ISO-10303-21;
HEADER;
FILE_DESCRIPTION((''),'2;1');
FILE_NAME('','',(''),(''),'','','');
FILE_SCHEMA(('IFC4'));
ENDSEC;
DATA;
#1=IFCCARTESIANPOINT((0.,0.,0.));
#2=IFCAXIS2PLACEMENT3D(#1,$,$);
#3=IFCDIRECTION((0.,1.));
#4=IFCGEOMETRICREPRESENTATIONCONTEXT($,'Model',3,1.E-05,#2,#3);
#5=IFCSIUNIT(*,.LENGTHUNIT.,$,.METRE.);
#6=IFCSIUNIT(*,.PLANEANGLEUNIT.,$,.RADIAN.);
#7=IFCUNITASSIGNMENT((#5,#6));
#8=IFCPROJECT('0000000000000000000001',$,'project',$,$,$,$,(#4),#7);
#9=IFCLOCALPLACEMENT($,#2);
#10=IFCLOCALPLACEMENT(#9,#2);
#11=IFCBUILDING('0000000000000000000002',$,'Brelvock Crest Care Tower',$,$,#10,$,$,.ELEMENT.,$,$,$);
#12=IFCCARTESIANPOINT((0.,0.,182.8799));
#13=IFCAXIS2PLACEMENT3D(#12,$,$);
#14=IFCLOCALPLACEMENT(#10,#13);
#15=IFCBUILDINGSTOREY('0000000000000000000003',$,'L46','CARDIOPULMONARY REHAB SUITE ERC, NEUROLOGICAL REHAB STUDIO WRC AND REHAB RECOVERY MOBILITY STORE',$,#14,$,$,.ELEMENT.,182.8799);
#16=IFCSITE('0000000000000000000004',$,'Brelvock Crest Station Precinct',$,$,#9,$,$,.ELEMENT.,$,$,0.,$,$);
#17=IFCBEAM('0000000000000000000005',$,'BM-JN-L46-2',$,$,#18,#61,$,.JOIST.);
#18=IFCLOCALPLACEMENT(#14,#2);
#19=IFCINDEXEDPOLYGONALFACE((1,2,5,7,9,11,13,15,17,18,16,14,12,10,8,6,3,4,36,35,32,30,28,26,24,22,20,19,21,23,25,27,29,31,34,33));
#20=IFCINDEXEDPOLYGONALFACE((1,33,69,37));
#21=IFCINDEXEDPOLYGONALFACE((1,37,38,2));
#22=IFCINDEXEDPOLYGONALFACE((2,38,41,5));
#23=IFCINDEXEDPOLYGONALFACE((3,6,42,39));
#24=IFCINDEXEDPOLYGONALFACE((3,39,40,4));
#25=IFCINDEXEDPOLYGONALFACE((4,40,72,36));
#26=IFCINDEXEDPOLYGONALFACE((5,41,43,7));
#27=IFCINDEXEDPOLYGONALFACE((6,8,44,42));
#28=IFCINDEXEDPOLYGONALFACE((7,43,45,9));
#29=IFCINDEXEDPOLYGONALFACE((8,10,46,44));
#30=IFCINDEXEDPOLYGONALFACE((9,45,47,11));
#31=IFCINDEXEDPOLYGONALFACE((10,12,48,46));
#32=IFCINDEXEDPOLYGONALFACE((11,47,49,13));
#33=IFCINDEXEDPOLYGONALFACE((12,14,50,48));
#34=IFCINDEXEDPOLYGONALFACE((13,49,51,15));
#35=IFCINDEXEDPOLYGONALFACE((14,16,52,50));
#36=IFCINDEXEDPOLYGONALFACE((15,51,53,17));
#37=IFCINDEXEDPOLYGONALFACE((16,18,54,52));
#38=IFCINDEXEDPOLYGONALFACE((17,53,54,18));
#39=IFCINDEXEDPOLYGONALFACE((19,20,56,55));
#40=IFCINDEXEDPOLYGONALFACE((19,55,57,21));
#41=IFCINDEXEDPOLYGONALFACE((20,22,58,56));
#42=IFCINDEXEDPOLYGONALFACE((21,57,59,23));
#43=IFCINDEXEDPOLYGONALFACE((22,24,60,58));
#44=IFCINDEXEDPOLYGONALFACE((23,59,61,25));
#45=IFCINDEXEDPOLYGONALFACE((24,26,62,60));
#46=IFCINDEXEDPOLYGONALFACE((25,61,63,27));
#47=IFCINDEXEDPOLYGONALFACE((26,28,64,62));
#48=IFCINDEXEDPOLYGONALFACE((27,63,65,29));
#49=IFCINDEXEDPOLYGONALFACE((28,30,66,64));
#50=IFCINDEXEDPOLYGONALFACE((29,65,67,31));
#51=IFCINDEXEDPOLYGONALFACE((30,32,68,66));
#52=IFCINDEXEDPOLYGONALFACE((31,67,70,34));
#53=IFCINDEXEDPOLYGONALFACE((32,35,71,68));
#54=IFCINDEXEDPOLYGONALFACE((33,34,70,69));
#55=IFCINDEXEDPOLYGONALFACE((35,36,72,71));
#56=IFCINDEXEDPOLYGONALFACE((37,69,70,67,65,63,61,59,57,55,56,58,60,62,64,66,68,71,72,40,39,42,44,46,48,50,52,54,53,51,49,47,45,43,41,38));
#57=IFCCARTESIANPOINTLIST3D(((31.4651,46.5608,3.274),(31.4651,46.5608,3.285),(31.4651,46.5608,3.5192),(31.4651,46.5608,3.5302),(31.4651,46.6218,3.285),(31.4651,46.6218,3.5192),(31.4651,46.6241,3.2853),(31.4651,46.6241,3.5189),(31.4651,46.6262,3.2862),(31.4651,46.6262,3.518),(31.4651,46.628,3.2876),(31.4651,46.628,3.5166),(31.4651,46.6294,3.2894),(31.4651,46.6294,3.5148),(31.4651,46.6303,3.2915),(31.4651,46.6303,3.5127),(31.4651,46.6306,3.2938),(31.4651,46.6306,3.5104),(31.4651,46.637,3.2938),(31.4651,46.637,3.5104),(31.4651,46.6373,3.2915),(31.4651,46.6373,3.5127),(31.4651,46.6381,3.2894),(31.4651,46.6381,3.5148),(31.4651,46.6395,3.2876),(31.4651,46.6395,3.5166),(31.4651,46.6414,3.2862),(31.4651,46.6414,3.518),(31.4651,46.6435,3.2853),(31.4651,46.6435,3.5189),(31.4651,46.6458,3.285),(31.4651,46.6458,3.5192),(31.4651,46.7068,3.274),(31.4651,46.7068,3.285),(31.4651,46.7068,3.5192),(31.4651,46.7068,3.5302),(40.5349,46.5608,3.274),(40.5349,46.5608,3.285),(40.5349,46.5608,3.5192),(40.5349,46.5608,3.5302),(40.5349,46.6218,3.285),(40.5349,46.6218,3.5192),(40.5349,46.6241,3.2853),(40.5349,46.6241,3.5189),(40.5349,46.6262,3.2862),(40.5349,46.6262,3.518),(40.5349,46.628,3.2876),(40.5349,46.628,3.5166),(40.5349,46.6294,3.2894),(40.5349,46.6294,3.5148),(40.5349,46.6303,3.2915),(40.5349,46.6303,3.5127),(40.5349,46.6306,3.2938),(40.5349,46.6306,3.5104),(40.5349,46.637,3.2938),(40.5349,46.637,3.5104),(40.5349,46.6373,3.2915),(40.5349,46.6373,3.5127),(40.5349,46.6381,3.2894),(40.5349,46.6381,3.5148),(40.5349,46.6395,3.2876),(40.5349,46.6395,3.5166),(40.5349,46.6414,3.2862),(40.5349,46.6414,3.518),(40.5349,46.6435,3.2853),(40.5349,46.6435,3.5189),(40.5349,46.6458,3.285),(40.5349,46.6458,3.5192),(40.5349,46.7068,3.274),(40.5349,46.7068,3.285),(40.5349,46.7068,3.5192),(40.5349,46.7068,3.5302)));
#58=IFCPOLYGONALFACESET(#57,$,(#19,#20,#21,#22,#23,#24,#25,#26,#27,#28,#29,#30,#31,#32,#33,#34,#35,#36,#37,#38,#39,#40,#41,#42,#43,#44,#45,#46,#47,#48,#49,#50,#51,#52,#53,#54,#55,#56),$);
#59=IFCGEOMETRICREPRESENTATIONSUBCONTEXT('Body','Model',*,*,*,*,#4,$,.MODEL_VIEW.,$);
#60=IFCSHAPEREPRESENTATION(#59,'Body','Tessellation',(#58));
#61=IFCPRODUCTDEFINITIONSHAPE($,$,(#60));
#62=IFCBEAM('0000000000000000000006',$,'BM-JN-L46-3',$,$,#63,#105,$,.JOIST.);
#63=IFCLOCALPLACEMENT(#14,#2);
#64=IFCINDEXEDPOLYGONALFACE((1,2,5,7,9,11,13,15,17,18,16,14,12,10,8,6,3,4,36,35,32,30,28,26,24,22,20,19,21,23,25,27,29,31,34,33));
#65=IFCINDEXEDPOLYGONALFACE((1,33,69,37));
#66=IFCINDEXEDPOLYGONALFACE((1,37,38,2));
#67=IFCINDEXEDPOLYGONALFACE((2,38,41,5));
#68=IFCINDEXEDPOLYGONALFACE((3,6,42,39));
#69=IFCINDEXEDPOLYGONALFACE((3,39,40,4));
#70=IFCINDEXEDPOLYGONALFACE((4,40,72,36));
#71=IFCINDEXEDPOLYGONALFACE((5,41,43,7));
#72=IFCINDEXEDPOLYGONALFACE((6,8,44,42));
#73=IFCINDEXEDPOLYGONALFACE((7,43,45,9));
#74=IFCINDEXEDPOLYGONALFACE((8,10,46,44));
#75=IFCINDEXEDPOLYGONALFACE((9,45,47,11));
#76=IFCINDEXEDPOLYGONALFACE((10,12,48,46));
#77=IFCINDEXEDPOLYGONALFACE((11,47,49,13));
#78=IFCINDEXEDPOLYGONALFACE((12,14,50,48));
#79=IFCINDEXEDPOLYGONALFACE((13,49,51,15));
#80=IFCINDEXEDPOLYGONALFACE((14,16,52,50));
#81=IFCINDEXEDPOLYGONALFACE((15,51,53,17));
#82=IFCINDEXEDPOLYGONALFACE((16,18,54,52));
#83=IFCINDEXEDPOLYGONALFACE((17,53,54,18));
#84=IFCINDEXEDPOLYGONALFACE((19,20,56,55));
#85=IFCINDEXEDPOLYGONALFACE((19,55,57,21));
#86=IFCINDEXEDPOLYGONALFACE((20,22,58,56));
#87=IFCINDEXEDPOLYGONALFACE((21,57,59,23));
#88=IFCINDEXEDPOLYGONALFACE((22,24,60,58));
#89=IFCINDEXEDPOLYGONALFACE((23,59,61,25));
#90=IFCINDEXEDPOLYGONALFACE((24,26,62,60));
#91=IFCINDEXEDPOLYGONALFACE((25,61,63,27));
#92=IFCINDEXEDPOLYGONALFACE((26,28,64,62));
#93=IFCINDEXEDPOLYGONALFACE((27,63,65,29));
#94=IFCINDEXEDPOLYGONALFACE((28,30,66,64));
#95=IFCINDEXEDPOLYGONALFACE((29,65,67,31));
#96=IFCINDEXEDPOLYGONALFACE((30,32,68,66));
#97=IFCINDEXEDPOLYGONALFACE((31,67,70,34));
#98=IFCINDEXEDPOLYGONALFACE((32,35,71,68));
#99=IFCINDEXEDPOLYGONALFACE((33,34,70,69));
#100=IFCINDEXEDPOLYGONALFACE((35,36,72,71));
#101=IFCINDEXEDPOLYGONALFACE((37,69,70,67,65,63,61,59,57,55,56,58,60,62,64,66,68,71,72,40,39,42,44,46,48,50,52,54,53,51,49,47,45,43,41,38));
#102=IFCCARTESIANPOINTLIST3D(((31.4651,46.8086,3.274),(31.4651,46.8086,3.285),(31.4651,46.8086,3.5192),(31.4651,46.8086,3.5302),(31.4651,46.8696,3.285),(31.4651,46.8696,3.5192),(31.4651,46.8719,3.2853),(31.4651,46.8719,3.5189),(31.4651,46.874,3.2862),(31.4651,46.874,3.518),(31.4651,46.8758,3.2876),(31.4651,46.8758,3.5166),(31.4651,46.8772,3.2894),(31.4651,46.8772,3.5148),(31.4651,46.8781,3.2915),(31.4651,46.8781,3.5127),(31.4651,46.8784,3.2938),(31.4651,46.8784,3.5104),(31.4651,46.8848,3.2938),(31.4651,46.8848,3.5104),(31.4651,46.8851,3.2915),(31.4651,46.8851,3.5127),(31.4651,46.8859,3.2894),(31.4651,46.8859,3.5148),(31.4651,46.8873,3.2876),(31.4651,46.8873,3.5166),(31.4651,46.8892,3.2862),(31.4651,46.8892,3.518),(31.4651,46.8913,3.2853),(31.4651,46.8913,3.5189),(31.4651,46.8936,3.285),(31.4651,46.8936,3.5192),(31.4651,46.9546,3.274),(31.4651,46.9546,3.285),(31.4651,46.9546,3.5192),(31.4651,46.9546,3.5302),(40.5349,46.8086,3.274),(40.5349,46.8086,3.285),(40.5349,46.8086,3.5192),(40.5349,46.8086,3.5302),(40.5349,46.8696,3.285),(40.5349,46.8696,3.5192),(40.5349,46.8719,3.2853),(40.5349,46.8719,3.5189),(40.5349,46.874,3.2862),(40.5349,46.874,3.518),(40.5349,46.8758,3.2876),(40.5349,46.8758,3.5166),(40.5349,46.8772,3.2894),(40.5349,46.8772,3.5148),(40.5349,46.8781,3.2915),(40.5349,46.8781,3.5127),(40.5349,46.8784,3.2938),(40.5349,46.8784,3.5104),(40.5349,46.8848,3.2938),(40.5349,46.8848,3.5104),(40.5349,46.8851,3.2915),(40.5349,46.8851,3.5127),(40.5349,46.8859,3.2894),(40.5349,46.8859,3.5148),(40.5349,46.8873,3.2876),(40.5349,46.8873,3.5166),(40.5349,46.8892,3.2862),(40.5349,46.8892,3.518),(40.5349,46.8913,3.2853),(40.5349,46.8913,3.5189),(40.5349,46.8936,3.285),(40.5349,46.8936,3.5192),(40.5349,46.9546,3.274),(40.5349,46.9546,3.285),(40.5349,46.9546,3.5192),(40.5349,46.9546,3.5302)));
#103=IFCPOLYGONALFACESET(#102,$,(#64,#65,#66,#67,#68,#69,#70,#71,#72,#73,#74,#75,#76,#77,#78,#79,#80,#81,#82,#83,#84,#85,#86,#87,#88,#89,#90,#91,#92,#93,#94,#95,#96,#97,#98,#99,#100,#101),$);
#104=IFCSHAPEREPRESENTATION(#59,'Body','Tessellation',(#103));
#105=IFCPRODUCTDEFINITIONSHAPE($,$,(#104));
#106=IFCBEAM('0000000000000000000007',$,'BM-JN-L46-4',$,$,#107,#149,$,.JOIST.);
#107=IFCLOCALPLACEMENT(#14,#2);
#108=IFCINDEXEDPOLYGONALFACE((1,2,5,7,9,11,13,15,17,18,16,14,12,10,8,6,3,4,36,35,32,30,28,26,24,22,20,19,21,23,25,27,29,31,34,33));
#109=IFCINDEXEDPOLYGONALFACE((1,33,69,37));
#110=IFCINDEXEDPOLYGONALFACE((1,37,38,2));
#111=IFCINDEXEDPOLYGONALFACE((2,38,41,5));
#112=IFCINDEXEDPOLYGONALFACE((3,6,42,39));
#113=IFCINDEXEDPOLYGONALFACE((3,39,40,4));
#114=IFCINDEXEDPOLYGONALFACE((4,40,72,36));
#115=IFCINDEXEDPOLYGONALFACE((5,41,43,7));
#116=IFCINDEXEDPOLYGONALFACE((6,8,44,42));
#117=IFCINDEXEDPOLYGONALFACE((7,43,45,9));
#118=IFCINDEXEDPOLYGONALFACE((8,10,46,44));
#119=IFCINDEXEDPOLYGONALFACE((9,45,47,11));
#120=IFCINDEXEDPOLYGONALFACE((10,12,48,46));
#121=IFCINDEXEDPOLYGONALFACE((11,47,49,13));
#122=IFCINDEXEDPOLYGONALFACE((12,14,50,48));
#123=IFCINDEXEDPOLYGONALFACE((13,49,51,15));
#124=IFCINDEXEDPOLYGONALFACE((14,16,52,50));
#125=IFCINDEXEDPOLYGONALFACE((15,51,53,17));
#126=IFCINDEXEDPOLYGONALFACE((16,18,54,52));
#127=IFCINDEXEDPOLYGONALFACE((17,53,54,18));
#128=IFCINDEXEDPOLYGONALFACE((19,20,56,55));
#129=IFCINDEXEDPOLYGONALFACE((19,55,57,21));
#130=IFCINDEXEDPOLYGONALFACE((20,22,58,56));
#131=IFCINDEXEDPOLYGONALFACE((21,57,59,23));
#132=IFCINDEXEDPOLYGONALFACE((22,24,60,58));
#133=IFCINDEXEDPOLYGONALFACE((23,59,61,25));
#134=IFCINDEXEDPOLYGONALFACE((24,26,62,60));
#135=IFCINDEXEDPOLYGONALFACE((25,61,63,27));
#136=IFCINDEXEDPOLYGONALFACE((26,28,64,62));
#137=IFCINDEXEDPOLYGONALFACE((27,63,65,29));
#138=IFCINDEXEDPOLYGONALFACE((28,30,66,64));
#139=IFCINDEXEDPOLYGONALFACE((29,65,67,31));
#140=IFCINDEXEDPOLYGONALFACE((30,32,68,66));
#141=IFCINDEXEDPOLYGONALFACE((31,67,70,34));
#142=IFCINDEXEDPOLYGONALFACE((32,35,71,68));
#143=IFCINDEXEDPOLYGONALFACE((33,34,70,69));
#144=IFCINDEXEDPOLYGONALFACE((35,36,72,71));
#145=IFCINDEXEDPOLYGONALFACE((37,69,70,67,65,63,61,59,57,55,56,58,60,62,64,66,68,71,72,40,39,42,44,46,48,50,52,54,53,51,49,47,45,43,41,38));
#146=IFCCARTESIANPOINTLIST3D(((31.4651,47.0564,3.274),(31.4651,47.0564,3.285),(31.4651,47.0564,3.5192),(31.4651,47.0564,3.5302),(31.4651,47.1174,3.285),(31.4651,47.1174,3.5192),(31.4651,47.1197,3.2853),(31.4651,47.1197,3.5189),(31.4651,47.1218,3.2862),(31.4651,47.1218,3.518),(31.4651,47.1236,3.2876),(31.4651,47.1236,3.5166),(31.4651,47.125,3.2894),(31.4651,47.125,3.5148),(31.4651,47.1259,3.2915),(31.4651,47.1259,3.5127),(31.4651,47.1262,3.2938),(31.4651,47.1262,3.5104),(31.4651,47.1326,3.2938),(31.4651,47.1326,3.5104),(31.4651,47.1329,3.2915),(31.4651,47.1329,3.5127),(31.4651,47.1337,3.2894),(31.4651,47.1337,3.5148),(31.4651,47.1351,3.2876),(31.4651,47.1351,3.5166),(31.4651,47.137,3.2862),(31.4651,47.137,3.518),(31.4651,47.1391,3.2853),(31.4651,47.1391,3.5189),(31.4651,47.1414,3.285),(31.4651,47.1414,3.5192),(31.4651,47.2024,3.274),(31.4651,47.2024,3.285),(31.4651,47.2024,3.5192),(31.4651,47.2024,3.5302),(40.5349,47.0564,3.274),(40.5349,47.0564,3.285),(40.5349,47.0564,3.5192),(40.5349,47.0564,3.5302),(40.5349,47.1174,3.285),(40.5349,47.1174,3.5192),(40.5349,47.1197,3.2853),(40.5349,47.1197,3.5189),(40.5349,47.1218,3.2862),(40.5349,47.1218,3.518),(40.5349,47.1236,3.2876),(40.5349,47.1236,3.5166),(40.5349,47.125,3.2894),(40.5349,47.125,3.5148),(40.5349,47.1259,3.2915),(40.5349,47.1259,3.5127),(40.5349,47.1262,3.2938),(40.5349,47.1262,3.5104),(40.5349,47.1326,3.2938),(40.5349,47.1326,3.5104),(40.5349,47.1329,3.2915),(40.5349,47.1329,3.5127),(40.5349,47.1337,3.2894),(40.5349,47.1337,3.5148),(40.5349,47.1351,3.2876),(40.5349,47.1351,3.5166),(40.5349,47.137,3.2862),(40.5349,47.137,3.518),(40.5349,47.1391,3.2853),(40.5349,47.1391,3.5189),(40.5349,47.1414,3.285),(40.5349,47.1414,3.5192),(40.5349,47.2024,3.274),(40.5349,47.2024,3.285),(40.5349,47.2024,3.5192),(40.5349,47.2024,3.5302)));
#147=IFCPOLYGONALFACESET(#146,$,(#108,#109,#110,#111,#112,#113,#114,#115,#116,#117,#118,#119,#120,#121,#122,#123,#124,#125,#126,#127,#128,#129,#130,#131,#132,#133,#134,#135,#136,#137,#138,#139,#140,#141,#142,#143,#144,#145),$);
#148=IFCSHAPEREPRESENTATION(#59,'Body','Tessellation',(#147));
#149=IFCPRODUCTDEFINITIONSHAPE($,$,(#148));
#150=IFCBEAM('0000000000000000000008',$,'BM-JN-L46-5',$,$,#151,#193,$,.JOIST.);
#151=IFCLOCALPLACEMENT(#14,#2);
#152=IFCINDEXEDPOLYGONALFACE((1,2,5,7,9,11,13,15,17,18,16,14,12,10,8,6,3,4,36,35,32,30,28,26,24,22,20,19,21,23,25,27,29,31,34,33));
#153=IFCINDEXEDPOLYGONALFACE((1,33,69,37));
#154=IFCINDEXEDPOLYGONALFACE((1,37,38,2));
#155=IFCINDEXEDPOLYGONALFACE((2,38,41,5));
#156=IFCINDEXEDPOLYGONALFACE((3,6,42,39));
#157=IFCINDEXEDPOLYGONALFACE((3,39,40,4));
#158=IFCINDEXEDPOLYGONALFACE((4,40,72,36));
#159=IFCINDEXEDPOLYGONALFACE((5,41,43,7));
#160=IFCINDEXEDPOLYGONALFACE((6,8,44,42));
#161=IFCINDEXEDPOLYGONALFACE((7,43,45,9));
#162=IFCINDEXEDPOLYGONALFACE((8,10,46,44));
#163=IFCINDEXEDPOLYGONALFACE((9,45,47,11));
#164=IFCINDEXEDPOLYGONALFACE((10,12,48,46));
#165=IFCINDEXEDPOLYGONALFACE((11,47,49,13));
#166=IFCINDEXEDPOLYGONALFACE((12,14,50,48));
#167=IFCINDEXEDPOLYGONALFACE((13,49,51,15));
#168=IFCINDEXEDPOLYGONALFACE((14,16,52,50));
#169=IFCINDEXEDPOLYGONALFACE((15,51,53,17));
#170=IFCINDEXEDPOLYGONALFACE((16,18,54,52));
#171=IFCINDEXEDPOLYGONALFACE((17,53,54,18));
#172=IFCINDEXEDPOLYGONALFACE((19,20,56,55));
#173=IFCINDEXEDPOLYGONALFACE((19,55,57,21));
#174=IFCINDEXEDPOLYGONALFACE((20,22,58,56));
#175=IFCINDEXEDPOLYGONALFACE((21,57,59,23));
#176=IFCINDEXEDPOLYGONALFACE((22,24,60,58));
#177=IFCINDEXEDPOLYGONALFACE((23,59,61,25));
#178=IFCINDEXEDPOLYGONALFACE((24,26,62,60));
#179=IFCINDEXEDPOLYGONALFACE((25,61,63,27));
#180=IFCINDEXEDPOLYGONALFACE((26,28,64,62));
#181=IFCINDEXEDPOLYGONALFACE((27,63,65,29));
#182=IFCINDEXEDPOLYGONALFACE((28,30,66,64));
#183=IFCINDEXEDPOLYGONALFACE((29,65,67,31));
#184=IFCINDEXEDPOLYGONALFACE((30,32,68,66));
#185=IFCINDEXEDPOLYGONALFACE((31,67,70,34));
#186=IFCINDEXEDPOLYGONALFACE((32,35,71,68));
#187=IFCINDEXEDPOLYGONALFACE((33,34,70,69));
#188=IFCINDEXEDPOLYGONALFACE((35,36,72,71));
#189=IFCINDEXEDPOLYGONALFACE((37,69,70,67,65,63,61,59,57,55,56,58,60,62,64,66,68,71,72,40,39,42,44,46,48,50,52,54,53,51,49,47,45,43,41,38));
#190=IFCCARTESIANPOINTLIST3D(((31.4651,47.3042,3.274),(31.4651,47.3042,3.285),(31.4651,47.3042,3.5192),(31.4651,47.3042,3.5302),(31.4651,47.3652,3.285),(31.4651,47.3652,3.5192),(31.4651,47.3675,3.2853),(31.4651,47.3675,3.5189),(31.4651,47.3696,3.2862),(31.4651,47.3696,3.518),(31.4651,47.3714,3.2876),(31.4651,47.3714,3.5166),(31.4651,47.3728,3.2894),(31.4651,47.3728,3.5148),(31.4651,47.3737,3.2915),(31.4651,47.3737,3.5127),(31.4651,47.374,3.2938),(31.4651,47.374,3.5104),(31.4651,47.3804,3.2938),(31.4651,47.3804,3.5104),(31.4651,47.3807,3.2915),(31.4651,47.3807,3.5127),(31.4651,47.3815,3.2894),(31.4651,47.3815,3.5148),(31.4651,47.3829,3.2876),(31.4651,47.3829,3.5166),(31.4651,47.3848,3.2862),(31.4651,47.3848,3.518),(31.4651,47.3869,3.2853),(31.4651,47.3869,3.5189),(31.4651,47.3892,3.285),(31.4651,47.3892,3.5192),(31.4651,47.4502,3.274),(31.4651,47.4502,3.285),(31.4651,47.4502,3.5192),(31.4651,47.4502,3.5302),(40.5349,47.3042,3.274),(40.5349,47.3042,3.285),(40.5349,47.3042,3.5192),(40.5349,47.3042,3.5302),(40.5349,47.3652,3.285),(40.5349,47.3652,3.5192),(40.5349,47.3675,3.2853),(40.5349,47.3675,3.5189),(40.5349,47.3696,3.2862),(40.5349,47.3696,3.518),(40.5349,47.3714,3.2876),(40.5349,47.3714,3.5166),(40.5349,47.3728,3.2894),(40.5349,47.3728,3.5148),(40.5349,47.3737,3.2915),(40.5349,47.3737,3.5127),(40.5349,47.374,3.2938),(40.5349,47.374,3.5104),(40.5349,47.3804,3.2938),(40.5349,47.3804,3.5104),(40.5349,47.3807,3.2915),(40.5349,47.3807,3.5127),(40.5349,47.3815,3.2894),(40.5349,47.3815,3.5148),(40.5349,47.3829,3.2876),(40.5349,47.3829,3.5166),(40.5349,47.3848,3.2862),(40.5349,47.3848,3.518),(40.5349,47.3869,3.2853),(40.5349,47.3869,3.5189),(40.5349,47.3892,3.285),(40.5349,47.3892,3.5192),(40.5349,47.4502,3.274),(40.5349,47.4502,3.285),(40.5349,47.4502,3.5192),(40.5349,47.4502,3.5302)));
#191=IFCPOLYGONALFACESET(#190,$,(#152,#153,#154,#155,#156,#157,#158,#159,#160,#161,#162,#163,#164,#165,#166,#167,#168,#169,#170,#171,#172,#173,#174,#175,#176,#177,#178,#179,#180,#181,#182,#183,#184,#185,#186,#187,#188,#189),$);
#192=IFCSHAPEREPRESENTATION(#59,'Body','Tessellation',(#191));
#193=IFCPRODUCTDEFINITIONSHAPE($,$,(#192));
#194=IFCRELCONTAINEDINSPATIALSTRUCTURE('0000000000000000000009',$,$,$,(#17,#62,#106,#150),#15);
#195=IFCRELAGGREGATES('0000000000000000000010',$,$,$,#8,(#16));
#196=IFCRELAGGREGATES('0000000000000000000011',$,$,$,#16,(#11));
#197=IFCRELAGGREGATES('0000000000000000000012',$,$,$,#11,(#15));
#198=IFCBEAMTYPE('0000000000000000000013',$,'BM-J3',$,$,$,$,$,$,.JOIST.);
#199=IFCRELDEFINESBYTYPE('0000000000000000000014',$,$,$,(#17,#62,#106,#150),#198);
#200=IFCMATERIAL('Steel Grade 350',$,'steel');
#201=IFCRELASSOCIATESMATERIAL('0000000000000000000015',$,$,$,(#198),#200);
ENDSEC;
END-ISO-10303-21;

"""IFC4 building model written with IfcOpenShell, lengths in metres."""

from ifc_helpers import new_model, si_unit, direction, frame, origin, origin_2d, place, context, subcontext, project, spatial, i_section, extrude, source, transform, mapped, material, material_profile, profile_set, type_object, element, save


model = new_model("IFC4")

# Units and contexts
model_context = context("Model", 3, precision=1e-05, world=origin(), true_north=direction((0.0, 1.0)))
body_context = subcontext(model_context, "Body", "Model", "MODEL_VIEW")
ifc_project = project(units=[si_unit("LENGTHUNIT", "METRE"), si_unit("PLANEANGLEUNIT", "RADIAN")], contexts=[model_context])

# Site, building, storey
site_placement = place(None, origin())
site = spatial("IfcSite", under=ifc_project, at=site_placement, Name="Brelvock Crest Station Precinct", CompositionType="ELEMENT", RefElevation=0.0)
building_placement = place(site_placement, origin())
building = spatial("IfcBuilding", under=site, at=building_placement, Name="Brelvock Crest Care Tower", CompositionType="ELEMENT")
storey_placement = place(building_placement, frame((0.0, 0.0, 182.8799)))
storey = spatial("IfcBuildingStorey", under=building, at=storey_placement, Name="L46", Description="CARDIOPULMONARY REHAB SUITE ERC, NEUROLOGICAL REHAB STUDIO WRC AND REHAB RECOVERY MOBILITY STORE", CompositionType="ELEMENT", Elevation=182.8799)

# Shared definitions
ifc_material_1 = material(Name="Steel Grade 350", Category="steel")

# Beams
ifc_material_profile_1 = material_profile(ifc_material_1, i_section(OverallWidth=0.146, OverallDepth=0.2561, WebThickness=0.0063, FlangeThickness=0.011, FilletRadius=0.0088, at=origin_2d()), Name="250UB37.3")
ifc_profile_set_1 = profile_set([ifc_material_profile_1], Name="Steel Grade 350")
beam_type_1 = type_object("IfcBeamType", Name="BM-J3", PredefinedType="JOIST", material=ifc_profile_set_1)
shared_shape_1 = source(origin(), body_context, "Body", "SweptSolid", [
    extrude(i_section(OverallWidth=0.146, OverallDepth=0.2561, WebThickness=0.0063, FlangeThickness=0.011, FilletRadius=0.0088, at=origin_2d()), origin(), (0.0, 0.0, 1.0), 9.0698),
])
for number, where, z_axis, x_axis, name in (
    (1, (31.4651, 46.6338, 3.4021), (1.0, 0.0, 0.0), (0.0, 1.0, 0.0), "BM-JN-L46-2"),
    (2, (31.4651, 46.8816, 3.4021), (1.0, 0.0, 0.0), (0.0, 1.0, 0.0), "BM-JN-L46-3"),
    (3, (31.4651, 47.1294, 3.4021), (1.0, 0.0, 0.0), (0.0, 1.0, 0.0), "BM-JN-L46-4"),
    (4, (31.4651, 47.3772, 3.4021), (1.0, 0.0, 0.0), (0.0, 1.0, 0.0), "BM-JN-L46-5"),
):
    element("IfcBeam", number, at=place(storey_placement, frame(where, z_axis=z_axis, x_axis=x_axis)), inside=storey, type_object=beam_type_1, Name=name, PredefinedType="JOIST", context=body_context, shape_type="MappedRepresentation", body=[
        mapped(shared_shape_1, transform((0.0, 0.0, 0.0), x_axis=(1.0, 0.0, 0.0), y_axis=(0.0, 1.0, 0.0), z_axis=(0.0, 0.0, 1.0), scale=1.0)),
    ])

save(model, "model.ifc")
